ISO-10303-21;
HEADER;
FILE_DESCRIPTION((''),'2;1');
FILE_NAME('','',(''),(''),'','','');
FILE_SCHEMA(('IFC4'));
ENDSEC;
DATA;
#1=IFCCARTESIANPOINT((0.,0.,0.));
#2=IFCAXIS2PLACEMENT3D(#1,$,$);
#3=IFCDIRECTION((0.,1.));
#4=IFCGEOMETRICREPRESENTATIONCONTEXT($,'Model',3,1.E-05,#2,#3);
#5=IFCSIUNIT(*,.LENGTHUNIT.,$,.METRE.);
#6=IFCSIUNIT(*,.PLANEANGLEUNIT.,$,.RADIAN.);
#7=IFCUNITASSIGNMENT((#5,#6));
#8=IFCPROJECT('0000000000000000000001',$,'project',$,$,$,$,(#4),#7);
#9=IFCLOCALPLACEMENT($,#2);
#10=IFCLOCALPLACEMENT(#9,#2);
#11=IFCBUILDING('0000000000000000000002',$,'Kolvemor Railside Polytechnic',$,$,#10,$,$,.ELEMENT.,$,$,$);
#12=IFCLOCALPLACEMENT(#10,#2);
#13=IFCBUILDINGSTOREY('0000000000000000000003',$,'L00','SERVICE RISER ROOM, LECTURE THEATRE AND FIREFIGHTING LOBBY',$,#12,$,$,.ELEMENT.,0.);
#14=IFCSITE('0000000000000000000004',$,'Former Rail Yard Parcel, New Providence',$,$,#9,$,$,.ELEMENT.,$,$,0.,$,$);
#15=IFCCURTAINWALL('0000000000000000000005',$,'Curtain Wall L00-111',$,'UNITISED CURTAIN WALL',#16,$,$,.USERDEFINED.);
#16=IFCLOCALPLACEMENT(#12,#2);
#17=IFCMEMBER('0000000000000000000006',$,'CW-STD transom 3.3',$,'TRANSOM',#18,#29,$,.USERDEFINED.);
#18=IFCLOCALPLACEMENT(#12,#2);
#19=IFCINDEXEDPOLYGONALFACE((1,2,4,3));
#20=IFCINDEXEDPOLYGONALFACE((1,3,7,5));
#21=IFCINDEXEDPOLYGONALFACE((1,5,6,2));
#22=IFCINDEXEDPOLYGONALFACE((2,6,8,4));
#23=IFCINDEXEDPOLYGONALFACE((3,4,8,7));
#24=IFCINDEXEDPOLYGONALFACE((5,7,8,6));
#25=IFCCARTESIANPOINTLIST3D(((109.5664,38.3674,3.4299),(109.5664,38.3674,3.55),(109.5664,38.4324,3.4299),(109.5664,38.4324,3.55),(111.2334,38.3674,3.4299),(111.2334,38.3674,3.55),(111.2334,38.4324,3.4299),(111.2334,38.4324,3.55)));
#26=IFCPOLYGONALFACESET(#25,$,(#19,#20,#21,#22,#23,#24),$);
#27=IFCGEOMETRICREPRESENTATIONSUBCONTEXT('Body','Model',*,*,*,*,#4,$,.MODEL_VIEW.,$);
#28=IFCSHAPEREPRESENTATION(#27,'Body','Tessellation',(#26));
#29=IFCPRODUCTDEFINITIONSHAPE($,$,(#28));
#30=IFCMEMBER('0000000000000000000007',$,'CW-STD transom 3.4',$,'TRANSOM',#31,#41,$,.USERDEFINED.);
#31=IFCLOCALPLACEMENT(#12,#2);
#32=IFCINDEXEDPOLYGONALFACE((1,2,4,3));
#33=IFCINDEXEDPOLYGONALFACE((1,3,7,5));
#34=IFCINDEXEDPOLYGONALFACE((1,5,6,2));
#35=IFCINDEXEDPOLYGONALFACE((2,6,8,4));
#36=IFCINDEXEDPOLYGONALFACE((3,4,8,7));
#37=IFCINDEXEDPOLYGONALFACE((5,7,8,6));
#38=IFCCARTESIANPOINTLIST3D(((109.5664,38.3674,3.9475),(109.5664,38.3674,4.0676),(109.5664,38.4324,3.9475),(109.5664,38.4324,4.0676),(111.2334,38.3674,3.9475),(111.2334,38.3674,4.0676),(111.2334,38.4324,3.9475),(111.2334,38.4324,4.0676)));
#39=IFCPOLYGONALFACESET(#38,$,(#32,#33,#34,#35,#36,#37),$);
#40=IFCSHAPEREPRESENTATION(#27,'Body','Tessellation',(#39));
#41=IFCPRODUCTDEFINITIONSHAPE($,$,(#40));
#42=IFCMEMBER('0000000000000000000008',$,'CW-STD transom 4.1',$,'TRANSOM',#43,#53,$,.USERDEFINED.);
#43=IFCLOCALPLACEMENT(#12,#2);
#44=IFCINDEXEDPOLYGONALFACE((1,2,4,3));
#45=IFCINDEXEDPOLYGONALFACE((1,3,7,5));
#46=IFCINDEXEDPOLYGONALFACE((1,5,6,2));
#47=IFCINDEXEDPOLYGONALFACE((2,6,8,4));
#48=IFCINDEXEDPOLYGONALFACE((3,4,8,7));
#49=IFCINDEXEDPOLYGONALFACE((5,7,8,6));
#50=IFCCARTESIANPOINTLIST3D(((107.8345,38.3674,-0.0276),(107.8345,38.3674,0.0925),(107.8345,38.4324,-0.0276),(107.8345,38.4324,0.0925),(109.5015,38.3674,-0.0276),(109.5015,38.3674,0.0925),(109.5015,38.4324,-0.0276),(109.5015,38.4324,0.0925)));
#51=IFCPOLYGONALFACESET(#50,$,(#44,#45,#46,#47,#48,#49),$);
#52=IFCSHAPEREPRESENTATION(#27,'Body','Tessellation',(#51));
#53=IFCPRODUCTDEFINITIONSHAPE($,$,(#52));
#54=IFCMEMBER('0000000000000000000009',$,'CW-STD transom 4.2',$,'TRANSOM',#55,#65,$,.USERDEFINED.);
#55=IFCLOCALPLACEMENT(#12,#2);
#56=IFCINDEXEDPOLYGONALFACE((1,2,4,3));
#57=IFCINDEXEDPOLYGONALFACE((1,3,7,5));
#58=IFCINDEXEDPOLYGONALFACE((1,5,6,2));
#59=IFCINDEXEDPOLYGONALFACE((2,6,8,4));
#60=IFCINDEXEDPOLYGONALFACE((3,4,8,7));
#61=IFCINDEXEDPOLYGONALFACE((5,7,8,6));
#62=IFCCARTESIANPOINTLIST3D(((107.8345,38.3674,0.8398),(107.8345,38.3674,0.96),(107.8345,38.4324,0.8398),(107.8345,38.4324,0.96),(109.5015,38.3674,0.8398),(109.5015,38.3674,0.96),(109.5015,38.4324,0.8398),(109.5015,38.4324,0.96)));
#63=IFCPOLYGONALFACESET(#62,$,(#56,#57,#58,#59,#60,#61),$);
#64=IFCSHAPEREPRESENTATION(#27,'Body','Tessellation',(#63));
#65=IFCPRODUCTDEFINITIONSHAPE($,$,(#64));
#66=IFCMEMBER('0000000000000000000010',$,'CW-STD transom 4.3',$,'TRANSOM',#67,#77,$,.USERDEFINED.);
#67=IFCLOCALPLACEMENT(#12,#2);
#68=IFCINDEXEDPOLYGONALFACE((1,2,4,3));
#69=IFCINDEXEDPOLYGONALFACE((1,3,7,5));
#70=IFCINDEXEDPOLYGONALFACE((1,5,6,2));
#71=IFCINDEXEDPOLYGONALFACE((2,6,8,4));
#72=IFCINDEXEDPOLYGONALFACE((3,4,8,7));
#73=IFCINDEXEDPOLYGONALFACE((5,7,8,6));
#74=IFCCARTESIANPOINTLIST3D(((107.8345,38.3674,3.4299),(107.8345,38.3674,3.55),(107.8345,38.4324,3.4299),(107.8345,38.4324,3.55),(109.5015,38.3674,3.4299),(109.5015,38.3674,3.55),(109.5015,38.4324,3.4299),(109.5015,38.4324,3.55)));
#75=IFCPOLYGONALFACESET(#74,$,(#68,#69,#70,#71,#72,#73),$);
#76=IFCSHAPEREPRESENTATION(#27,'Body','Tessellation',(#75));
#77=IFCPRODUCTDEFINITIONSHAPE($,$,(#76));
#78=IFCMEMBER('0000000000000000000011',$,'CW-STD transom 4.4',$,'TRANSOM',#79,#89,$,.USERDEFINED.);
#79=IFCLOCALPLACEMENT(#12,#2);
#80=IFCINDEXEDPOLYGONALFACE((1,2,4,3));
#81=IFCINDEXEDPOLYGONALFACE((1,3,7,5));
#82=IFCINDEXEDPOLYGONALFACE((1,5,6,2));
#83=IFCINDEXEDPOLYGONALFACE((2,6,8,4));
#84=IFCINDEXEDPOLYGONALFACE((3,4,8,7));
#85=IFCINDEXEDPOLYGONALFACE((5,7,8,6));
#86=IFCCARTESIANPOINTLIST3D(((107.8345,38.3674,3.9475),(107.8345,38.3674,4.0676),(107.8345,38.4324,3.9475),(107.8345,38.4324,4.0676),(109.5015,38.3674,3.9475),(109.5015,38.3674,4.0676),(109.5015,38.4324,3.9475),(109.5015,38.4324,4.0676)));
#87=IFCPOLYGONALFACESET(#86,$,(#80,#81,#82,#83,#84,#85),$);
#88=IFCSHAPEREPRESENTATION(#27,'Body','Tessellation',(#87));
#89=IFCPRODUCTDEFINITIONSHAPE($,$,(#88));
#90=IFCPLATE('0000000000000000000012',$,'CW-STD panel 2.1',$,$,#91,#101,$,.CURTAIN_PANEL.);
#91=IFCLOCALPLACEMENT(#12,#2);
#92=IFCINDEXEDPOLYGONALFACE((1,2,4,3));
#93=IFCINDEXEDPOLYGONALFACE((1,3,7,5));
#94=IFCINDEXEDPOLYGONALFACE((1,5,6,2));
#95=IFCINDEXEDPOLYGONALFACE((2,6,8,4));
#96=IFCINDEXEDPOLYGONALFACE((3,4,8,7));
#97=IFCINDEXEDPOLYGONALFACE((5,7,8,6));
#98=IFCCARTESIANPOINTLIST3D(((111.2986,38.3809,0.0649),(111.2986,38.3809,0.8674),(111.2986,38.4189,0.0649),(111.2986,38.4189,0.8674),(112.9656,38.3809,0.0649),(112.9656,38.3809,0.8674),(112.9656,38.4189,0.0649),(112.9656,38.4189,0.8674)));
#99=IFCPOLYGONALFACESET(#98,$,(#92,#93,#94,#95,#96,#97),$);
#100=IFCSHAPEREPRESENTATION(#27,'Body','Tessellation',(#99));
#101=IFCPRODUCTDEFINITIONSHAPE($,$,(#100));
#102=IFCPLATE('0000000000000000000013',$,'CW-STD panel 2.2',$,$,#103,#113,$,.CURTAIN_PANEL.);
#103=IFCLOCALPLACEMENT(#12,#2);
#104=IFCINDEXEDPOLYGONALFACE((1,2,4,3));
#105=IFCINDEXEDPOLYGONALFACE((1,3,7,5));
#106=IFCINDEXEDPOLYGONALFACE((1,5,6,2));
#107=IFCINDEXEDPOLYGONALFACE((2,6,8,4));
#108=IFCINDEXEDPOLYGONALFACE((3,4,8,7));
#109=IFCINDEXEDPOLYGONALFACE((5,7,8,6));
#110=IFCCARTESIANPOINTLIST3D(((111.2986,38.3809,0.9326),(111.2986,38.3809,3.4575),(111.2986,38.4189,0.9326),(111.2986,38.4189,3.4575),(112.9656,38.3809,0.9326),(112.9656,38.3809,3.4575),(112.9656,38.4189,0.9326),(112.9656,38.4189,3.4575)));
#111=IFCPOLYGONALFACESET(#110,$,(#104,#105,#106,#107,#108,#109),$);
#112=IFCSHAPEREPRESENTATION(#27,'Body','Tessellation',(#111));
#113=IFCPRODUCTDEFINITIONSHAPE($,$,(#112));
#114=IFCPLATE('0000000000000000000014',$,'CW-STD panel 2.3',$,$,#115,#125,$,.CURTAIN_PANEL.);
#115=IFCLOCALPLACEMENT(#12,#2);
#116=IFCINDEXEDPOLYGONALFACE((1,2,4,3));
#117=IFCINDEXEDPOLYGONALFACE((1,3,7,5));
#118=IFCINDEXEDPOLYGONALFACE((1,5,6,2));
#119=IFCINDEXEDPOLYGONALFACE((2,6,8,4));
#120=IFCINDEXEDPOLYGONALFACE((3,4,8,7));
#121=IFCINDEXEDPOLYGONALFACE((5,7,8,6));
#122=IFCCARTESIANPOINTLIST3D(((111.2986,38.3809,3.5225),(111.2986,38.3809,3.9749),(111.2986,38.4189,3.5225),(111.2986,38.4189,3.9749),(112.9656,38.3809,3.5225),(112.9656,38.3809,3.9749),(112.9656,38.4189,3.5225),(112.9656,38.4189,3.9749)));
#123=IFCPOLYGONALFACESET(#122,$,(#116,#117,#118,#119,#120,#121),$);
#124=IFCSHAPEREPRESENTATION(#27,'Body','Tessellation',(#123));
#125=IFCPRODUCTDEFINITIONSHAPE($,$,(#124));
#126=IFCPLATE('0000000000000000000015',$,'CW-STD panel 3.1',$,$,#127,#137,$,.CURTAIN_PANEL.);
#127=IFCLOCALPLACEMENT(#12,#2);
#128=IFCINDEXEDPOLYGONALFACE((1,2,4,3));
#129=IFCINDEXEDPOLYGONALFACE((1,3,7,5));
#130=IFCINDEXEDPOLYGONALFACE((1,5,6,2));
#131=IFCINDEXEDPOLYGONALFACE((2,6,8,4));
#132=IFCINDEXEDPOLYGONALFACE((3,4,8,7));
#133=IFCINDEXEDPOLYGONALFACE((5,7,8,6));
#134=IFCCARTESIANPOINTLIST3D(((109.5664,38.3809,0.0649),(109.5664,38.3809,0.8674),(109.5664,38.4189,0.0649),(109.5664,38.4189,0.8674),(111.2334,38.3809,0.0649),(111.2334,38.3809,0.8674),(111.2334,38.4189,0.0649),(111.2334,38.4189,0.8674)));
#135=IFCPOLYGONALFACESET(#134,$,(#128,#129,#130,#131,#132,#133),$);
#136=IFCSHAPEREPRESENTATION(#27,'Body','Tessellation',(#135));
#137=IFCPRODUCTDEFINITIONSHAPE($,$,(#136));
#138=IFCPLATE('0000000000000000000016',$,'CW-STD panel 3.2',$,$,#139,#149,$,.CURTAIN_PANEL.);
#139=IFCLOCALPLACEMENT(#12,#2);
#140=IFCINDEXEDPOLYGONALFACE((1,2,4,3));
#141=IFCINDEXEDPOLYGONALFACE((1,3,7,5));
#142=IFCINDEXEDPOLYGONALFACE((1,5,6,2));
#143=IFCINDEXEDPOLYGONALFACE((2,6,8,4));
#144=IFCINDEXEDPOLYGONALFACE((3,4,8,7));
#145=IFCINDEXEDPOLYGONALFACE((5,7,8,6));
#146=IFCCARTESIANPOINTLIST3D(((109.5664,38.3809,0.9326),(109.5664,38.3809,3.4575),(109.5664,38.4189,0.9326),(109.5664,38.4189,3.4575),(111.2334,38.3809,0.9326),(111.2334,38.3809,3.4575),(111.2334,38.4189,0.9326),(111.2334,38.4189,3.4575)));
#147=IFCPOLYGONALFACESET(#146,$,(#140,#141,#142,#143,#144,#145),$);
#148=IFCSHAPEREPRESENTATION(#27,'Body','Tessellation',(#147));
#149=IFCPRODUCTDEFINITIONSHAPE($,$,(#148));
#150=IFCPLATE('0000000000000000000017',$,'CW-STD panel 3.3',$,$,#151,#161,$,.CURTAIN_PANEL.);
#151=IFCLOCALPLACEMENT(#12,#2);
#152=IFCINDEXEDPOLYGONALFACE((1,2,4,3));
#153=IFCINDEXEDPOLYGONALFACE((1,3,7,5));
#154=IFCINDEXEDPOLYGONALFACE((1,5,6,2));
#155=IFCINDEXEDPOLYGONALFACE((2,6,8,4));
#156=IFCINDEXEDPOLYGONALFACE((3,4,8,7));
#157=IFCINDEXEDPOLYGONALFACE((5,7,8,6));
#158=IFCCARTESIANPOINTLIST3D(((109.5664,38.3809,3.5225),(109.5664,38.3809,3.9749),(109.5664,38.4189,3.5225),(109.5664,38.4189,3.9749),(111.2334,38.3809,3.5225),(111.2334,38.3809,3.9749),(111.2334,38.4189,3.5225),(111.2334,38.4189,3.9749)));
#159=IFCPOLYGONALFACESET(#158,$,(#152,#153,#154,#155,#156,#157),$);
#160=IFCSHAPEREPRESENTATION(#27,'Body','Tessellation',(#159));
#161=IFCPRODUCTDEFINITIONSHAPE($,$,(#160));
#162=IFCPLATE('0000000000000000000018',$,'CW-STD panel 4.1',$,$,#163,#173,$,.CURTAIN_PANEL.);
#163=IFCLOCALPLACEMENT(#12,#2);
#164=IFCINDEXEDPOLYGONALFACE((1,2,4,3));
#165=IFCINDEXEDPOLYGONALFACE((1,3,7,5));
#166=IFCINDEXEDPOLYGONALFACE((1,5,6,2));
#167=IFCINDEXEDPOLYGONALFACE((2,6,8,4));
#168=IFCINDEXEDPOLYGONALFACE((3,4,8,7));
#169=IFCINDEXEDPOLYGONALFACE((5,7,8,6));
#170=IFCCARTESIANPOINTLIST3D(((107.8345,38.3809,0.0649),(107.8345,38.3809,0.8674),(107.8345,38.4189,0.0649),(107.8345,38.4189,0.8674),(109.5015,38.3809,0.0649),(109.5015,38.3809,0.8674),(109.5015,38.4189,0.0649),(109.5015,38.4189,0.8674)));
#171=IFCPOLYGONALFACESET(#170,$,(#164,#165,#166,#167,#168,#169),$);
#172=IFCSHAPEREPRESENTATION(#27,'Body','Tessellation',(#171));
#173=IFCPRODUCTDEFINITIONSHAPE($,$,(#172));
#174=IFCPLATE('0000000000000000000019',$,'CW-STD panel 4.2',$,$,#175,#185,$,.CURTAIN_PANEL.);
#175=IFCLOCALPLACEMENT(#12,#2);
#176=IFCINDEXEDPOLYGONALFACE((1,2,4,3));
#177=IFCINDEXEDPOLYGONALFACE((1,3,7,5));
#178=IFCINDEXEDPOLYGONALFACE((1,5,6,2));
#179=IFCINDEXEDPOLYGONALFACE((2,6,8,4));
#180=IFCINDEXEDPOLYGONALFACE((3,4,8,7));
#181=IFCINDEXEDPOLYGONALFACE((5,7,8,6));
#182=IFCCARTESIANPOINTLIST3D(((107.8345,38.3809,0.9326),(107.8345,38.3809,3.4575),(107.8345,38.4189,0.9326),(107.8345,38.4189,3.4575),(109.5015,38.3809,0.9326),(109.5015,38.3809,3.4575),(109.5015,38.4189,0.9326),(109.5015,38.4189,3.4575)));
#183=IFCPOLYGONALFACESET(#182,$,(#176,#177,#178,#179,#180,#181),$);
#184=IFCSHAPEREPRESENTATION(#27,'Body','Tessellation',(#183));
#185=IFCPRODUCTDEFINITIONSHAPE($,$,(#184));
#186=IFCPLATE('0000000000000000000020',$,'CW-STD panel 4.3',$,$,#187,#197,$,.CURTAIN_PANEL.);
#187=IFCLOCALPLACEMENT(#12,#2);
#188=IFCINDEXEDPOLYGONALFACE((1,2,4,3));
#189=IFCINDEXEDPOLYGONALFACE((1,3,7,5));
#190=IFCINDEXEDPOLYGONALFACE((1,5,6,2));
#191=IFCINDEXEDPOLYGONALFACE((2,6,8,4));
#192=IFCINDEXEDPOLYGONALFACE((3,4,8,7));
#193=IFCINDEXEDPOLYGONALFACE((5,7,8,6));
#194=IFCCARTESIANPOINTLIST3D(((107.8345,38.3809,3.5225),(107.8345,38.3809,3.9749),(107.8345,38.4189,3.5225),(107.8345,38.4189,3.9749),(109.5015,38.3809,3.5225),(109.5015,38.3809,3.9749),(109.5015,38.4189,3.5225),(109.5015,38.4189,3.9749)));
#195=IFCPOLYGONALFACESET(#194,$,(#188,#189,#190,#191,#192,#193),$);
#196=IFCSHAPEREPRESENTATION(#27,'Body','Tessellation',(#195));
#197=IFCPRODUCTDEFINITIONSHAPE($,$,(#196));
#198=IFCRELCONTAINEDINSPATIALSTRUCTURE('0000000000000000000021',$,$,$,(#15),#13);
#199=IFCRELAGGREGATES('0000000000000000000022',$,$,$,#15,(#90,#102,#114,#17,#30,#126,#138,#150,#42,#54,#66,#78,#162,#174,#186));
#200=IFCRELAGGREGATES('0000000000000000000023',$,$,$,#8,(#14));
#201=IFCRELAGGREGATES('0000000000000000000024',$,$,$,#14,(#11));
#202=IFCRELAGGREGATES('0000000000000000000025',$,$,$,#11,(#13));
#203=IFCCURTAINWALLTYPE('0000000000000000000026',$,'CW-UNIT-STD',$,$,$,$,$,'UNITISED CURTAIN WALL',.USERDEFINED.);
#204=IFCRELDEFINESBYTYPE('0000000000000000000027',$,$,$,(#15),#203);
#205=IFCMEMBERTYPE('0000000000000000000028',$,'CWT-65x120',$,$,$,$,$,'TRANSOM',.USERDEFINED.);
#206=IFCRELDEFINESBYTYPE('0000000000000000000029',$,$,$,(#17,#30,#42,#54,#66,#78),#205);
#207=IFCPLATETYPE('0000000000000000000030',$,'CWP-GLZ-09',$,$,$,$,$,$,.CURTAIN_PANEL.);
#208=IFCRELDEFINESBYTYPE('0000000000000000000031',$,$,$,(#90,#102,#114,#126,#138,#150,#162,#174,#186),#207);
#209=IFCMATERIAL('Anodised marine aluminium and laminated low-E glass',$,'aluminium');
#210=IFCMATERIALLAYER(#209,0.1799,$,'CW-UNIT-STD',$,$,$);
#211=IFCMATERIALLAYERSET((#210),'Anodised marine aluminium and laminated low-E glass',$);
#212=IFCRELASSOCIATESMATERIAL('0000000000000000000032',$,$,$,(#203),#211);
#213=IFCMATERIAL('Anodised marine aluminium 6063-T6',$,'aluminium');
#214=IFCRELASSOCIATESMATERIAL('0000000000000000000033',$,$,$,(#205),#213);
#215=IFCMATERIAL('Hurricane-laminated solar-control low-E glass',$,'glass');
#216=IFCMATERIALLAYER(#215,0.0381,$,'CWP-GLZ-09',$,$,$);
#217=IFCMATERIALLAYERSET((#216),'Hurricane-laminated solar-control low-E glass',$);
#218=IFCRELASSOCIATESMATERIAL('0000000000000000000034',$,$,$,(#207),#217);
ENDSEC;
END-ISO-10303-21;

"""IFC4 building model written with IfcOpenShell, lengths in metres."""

from ifc_helpers import new_model, si_unit, direction, frame, origin, origin_2d, place, context, subcontext, project, spatial, rectangle, extrude, material, layer, layer_set, material_profile, profile_set, type_object, element, aggregate, save


model = new_model("IFC4")

# Units and contexts
model_context = context("Model", 3, precision=1e-05, world=origin(), true_north=direction((0.0, 1.0)))
body_context = subcontext(model_context, "Body", "Model", "MODEL_VIEW")
ifc_project = project(units=[si_unit("LENGTHUNIT", "METRE"), si_unit("PLANEANGLEUNIT", "RADIAN")], contexts=[model_context])

# Site, building, storey
site_placement = place(None, origin())
site = spatial("IfcSite", under=ifc_project, at=site_placement, Name="Former Rail Yard Parcel, New Providence", CompositionType="ELEMENT", RefElevation=0.0)
building_placement = place(site_placement, origin())
building = spatial("IfcBuilding", under=site, at=building_placement, Name="Kolvemor Railside Polytechnic", CompositionType="ELEMENT")
storey_placement = place(building_placement, origin())
storey = spatial("IfcBuildingStorey", under=building, at=storey_placement, Name="L00", Description="SERVICE RISER ROOM, LECTURE THEATRE AND FIREFIGHTING LOBBY", CompositionType="ELEMENT", Elevation=0.0)

# Curtain wall, members, plates
ifc_material_1 = material(Name="Anodised marine aluminium and laminated low-E glass", Category="aluminium")
ifc_layer_1 = layer(ifc_material_1, 0.1799, Name="CW-UNIT-STD")
ifc_layer_set_1 = layer_set([ifc_layer_1], Name="Anodised marine aluminium and laminated low-E glass")
curtain_wall_type = type_object("IfcCurtainWallType", Name="CW-UNIT-STD", ElementType="UNITISED CURTAIN WALL", PredefinedType="USERDEFINED", material=ifc_layer_set_1)
curtain_wall_placement = place(storey_placement, origin())
curtain_wall = element("IfcCurtainWall", 1, at=curtain_wall_placement, inside=storey, type_object=curtain_wall_type, Name="Curtain Wall L00-111", ObjectType="UNITISED CURTAIN WALL", PredefinedType="USERDEFINED")
ifc_material_2 = material(Name="Anodised marine aluminium 6063-T6", Category="aluminium")
ifc_material_profile_1 = material_profile(ifc_material_2, rectangle(XDim=0.0649, YDim=0.1201, at=origin_2d()), Name="CW-TRN-65x120")
ifc_profile_set_1 = profile_set([ifc_material_profile_1], Name="Anodised marine aluminium 6063-T6")
member_type_1 = type_object("IfcMemberType", Name="CWT-65x120", ElementType="TRANSOM", PredefinedType="USERDEFINED", material=ifc_profile_set_1)
member_1_placement = place(storey_placement, frame((111.2334, 38.3999, 3.49), z_axis=(-1.0, 0.0, 0.0), x_axis=(0.0, -1.0, 0.0)))
member_1 = element("IfcMember", 2, at=member_1_placement, type_object=member_type_1, Name="CW-STD transom 3.3", ObjectType="TRANSOM", PredefinedType="USERDEFINED", context=body_context, shape_type="SweptSolid", body=[
    extrude(rectangle(XDim=0.0649, YDim=0.1201, at=origin_2d()), origin(), (0.0, 0.0, 1.0), 1.667),
])
member_2_placement = place(storey_placement, frame((111.2334, 38.3999, 4.0076), z_axis=(-1.0, 0.0, 0.0), x_axis=(0.0, -1.0, 0.0)))
member_2 = element("IfcMember", 3, at=member_2_placement, type_object=member_type_1, Name="CW-STD transom 3.4", ObjectType="TRANSOM", PredefinedType="USERDEFINED", context=body_context, shape_type="SweptSolid", body=[
    extrude(rectangle(XDim=0.0649, YDim=0.1201, at=origin_2d()), origin(), (0.0, 0.0, 1.0), 1.667),
])
member_3_placement = place(storey_placement, frame((109.5015, 38.3999, 0.0325), z_axis=(-1.0, 0.0, 0.0), x_axis=(0.0, -1.0, 0.0)))
member_3 = element("IfcMember", 4, at=member_3_placement, type_object=member_type_1, Name="CW-STD transom 4.1", ObjectType="TRANSOM", PredefinedType="USERDEFINED", context=body_context, shape_type="SweptSolid", body=[
    extrude(rectangle(XDim=0.0649, YDim=0.1201, at=origin_2d()), origin(), (0.0, 0.0, 1.0), 1.667),
])
member_4_placement = place(storey_placement, frame((109.5015, 38.3999, 0.8999), z_axis=(-1.0, 0.0, 0.0), x_axis=(0.0, -1.0, 0.0)))
member_4 = element("IfcMember", 5, at=member_4_placement, type_object=member_type_1, Name="CW-STD transom 4.2", ObjectType="TRANSOM", PredefinedType="USERDEFINED", context=body_context, shape_type="SweptSolid", body=[
    extrude(rectangle(XDim=0.0649, YDim=0.1201, at=origin_2d()), origin(), (0.0, 0.0, 1.0), 1.667),
])
member_5_placement = place(storey_placement, frame((109.5015, 38.3999, 3.49), z_axis=(-1.0, 0.0, 0.0), x_axis=(0.0, -1.0, 0.0)))
member_5 = element("IfcMember", 6, at=member_5_placement, type_object=member_type_1, Name="CW-STD transom 4.3", ObjectType="TRANSOM", PredefinedType="USERDEFINED", context=body_context, shape_type="SweptSolid", body=[
    extrude(rectangle(XDim=0.0649, YDim=0.1201, at=origin_2d()), origin(), (0.0, 0.0, 1.0), 1.667),
])
member_6_placement = place(storey_placement, frame((109.5015, 38.3999, 4.0076), z_axis=(-1.0, 0.0, 0.0), x_axis=(0.0, -1.0, 0.0)))
member_6 = element("IfcMember", 7, at=member_6_placement, type_object=member_type_1, Name="CW-STD transom 4.4", ObjectType="TRANSOM", PredefinedType="USERDEFINED", context=body_context, shape_type="SweptSolid", body=[
    extrude(rectangle(XDim=0.0649, YDim=0.1201, at=origin_2d()), origin(), (0.0, 0.0, 1.0), 1.667),
])
ifc_material_3 = material(Name="Hurricane-laminated solar-control low-E glass", Category="glass")
ifc_layer_2 = layer(ifc_material_3, 0.0381, Name="CWP-GLZ-09")
ifc_layer_set_2 = layer_set([ifc_layer_2], Name="Hurricane-laminated solar-control low-E glass")
plate_type = type_object("IfcPlateType", Name="CWP-GLZ-09", PredefinedType="CURTAIN_PANEL", material=ifc_layer_set_2)
plate_1_placement = place(storey_placement, frame((112.1321, 38.3999, 0.0649), z_axis=(0.0, 0.0, 1.0), x_axis=(-1.0, 0.0, 0.0)))
plate_1 = element("IfcPlate", 8, at=plate_1_placement, type_object=plate_type, Name="CW-STD panel 2.1", PredefinedType="CURTAIN_PANEL", context=body_context, shape_type="SweptSolid", body=[
    extrude(rectangle(XDim=1.667, YDim=0.0381, at=origin_2d()), origin(), (0.0, 0.0, 1.0), 0.8025),
])
plate_2_placement = place(storey_placement, frame((112.1321, 38.3999, 0.9326), z_axis=(0.0, 0.0, 1.0), x_axis=(-1.0, 0.0, 0.0)))
plate_2 = element("IfcPlate", 9, at=plate_2_placement, type_object=plate_type, Name="CW-STD panel 2.2", PredefinedType="CURTAIN_PANEL", context=body_context, shape_type="SweptSolid", body=[
    extrude(rectangle(XDim=1.667, YDim=0.0381, at=origin_2d()), origin(), (0.0, 0.0, 1.0), 2.5249),
])
plate_3_placement = place(storey_placement, frame((112.1321, 38.3999, 3.5225), z_axis=(0.0, 0.0, 1.0), x_axis=(-1.0, 0.0, 0.0)))
plate_3 = element("IfcPlate", 10, at=plate_3_placement, type_object=plate_type, Name="CW-STD panel 2.3", PredefinedType="CURTAIN_PANEL", context=body_context, shape_type="SweptSolid", body=[
    extrude(rectangle(XDim=1.667, YDim=0.0381, at=origin_2d()), origin(), (0.0, 0.0, 1.0), 0.4524),
])
plate_4_placement = place(storey_placement, frame((110.3999, 38.3999, 0.0649), z_axis=(0.0, 0.0, 1.0), x_axis=(-1.0, 0.0, 0.0)))
plate_4 = element("IfcPlate", 11, at=plate_4_placement, type_object=plate_type, Name="CW-STD panel 3.1", PredefinedType="CURTAIN_PANEL", context=body_context, shape_type="SweptSolid", body=[
    extrude(rectangle(XDim=1.667, YDim=0.0381, at=origin_2d()), origin(), (0.0, 0.0, 1.0), 0.8025),
])
plate_5_placement = place(storey_placement, frame((110.3999, 38.3999, 0.9326), z_axis=(0.0, 0.0, 1.0), x_axis=(-1.0, 0.0, 0.0)))
plate_5 = element("IfcPlate", 12, at=plate_5_placement, type_object=plate_type, Name="CW-STD panel 3.2", PredefinedType="CURTAIN_PANEL", context=body_context, shape_type="SweptSolid", body=[
    extrude(rectangle(XDim=1.667, YDim=0.0381, at=origin_2d()), origin(), (0.0, 0.0, 1.0), 2.5249),
])
plate_6_placement = place(storey_placement, frame((110.3999, 38.3999, 3.5225), z_axis=(0.0, 0.0, 1.0), x_axis=(-1.0, 0.0, 0.0)))
plate_6 = element("IfcPlate", 13, at=plate_6_placement, type_object=plate_type, Name="CW-STD panel 3.3", PredefinedType="CURTAIN_PANEL", context=body_context, shape_type="SweptSolid", body=[
    extrude(rectangle(XDim=1.667, YDim=0.0381, at=origin_2d()), origin(), (0.0, 0.0, 1.0), 0.4524),
])
plate_7_placement = place(storey_placement, frame((108.668, 38.3999, 0.0649), z_axis=(0.0, 0.0, 1.0), x_axis=(-1.0, 0.0, 0.0)))
plate_7 = element("IfcPlate", 14, at=plate_7_placement, type_object=plate_type, Name="CW-STD panel 4.1", PredefinedType="CURTAIN_PANEL", context=body_context, shape_type="SweptSolid", body=[
    extrude(rectangle(XDim=1.667, YDim=0.0381, at=origin_2d()), origin(), (0.0, 0.0, 1.0), 0.8025),
])
plate_8_placement = place(storey_placement, frame((108.668, 38.3999, 0.9326), z_axis=(0.0, 0.0, 1.0), x_axis=(-1.0, 0.0, 0.0)))
plate_8 = element("IfcPlate", 15, at=plate_8_placement, type_object=plate_type, Name="CW-STD panel 4.2", PredefinedType="CURTAIN_PANEL", context=body_context, shape_type="SweptSolid", body=[
    extrude(rectangle(XDim=1.667, YDim=0.0381, at=origin_2d()), origin(), (0.0, 0.0, 1.0), 2.5249),
])
plate_9_placement = place(storey_placement, frame((108.668, 38.3999, 3.5225), z_axis=(0.0, 0.0, 1.0), x_axis=(-1.0, 0.0, 0.0)))
plate_9 = element("IfcPlate", 16, at=plate_9_placement, type_object=plate_type, Name="CW-STD panel 4.3", PredefinedType="CURTAIN_PANEL", context=body_context, shape_type="SweptSolid", body=[
    extrude(rectangle(XDim=1.667, YDim=0.0381, at=origin_2d()), origin(), (0.0, 0.0, 1.0), 0.4524),
])
aggregate(curtain_wall, [plate_1, plate_2, plate_3, member_1, member_2, plate_4, plate_5, plate_6, member_3, member_4, member_5, member_6, plate_7, plate_8, plate_9])

save(model, "model.ifc")
